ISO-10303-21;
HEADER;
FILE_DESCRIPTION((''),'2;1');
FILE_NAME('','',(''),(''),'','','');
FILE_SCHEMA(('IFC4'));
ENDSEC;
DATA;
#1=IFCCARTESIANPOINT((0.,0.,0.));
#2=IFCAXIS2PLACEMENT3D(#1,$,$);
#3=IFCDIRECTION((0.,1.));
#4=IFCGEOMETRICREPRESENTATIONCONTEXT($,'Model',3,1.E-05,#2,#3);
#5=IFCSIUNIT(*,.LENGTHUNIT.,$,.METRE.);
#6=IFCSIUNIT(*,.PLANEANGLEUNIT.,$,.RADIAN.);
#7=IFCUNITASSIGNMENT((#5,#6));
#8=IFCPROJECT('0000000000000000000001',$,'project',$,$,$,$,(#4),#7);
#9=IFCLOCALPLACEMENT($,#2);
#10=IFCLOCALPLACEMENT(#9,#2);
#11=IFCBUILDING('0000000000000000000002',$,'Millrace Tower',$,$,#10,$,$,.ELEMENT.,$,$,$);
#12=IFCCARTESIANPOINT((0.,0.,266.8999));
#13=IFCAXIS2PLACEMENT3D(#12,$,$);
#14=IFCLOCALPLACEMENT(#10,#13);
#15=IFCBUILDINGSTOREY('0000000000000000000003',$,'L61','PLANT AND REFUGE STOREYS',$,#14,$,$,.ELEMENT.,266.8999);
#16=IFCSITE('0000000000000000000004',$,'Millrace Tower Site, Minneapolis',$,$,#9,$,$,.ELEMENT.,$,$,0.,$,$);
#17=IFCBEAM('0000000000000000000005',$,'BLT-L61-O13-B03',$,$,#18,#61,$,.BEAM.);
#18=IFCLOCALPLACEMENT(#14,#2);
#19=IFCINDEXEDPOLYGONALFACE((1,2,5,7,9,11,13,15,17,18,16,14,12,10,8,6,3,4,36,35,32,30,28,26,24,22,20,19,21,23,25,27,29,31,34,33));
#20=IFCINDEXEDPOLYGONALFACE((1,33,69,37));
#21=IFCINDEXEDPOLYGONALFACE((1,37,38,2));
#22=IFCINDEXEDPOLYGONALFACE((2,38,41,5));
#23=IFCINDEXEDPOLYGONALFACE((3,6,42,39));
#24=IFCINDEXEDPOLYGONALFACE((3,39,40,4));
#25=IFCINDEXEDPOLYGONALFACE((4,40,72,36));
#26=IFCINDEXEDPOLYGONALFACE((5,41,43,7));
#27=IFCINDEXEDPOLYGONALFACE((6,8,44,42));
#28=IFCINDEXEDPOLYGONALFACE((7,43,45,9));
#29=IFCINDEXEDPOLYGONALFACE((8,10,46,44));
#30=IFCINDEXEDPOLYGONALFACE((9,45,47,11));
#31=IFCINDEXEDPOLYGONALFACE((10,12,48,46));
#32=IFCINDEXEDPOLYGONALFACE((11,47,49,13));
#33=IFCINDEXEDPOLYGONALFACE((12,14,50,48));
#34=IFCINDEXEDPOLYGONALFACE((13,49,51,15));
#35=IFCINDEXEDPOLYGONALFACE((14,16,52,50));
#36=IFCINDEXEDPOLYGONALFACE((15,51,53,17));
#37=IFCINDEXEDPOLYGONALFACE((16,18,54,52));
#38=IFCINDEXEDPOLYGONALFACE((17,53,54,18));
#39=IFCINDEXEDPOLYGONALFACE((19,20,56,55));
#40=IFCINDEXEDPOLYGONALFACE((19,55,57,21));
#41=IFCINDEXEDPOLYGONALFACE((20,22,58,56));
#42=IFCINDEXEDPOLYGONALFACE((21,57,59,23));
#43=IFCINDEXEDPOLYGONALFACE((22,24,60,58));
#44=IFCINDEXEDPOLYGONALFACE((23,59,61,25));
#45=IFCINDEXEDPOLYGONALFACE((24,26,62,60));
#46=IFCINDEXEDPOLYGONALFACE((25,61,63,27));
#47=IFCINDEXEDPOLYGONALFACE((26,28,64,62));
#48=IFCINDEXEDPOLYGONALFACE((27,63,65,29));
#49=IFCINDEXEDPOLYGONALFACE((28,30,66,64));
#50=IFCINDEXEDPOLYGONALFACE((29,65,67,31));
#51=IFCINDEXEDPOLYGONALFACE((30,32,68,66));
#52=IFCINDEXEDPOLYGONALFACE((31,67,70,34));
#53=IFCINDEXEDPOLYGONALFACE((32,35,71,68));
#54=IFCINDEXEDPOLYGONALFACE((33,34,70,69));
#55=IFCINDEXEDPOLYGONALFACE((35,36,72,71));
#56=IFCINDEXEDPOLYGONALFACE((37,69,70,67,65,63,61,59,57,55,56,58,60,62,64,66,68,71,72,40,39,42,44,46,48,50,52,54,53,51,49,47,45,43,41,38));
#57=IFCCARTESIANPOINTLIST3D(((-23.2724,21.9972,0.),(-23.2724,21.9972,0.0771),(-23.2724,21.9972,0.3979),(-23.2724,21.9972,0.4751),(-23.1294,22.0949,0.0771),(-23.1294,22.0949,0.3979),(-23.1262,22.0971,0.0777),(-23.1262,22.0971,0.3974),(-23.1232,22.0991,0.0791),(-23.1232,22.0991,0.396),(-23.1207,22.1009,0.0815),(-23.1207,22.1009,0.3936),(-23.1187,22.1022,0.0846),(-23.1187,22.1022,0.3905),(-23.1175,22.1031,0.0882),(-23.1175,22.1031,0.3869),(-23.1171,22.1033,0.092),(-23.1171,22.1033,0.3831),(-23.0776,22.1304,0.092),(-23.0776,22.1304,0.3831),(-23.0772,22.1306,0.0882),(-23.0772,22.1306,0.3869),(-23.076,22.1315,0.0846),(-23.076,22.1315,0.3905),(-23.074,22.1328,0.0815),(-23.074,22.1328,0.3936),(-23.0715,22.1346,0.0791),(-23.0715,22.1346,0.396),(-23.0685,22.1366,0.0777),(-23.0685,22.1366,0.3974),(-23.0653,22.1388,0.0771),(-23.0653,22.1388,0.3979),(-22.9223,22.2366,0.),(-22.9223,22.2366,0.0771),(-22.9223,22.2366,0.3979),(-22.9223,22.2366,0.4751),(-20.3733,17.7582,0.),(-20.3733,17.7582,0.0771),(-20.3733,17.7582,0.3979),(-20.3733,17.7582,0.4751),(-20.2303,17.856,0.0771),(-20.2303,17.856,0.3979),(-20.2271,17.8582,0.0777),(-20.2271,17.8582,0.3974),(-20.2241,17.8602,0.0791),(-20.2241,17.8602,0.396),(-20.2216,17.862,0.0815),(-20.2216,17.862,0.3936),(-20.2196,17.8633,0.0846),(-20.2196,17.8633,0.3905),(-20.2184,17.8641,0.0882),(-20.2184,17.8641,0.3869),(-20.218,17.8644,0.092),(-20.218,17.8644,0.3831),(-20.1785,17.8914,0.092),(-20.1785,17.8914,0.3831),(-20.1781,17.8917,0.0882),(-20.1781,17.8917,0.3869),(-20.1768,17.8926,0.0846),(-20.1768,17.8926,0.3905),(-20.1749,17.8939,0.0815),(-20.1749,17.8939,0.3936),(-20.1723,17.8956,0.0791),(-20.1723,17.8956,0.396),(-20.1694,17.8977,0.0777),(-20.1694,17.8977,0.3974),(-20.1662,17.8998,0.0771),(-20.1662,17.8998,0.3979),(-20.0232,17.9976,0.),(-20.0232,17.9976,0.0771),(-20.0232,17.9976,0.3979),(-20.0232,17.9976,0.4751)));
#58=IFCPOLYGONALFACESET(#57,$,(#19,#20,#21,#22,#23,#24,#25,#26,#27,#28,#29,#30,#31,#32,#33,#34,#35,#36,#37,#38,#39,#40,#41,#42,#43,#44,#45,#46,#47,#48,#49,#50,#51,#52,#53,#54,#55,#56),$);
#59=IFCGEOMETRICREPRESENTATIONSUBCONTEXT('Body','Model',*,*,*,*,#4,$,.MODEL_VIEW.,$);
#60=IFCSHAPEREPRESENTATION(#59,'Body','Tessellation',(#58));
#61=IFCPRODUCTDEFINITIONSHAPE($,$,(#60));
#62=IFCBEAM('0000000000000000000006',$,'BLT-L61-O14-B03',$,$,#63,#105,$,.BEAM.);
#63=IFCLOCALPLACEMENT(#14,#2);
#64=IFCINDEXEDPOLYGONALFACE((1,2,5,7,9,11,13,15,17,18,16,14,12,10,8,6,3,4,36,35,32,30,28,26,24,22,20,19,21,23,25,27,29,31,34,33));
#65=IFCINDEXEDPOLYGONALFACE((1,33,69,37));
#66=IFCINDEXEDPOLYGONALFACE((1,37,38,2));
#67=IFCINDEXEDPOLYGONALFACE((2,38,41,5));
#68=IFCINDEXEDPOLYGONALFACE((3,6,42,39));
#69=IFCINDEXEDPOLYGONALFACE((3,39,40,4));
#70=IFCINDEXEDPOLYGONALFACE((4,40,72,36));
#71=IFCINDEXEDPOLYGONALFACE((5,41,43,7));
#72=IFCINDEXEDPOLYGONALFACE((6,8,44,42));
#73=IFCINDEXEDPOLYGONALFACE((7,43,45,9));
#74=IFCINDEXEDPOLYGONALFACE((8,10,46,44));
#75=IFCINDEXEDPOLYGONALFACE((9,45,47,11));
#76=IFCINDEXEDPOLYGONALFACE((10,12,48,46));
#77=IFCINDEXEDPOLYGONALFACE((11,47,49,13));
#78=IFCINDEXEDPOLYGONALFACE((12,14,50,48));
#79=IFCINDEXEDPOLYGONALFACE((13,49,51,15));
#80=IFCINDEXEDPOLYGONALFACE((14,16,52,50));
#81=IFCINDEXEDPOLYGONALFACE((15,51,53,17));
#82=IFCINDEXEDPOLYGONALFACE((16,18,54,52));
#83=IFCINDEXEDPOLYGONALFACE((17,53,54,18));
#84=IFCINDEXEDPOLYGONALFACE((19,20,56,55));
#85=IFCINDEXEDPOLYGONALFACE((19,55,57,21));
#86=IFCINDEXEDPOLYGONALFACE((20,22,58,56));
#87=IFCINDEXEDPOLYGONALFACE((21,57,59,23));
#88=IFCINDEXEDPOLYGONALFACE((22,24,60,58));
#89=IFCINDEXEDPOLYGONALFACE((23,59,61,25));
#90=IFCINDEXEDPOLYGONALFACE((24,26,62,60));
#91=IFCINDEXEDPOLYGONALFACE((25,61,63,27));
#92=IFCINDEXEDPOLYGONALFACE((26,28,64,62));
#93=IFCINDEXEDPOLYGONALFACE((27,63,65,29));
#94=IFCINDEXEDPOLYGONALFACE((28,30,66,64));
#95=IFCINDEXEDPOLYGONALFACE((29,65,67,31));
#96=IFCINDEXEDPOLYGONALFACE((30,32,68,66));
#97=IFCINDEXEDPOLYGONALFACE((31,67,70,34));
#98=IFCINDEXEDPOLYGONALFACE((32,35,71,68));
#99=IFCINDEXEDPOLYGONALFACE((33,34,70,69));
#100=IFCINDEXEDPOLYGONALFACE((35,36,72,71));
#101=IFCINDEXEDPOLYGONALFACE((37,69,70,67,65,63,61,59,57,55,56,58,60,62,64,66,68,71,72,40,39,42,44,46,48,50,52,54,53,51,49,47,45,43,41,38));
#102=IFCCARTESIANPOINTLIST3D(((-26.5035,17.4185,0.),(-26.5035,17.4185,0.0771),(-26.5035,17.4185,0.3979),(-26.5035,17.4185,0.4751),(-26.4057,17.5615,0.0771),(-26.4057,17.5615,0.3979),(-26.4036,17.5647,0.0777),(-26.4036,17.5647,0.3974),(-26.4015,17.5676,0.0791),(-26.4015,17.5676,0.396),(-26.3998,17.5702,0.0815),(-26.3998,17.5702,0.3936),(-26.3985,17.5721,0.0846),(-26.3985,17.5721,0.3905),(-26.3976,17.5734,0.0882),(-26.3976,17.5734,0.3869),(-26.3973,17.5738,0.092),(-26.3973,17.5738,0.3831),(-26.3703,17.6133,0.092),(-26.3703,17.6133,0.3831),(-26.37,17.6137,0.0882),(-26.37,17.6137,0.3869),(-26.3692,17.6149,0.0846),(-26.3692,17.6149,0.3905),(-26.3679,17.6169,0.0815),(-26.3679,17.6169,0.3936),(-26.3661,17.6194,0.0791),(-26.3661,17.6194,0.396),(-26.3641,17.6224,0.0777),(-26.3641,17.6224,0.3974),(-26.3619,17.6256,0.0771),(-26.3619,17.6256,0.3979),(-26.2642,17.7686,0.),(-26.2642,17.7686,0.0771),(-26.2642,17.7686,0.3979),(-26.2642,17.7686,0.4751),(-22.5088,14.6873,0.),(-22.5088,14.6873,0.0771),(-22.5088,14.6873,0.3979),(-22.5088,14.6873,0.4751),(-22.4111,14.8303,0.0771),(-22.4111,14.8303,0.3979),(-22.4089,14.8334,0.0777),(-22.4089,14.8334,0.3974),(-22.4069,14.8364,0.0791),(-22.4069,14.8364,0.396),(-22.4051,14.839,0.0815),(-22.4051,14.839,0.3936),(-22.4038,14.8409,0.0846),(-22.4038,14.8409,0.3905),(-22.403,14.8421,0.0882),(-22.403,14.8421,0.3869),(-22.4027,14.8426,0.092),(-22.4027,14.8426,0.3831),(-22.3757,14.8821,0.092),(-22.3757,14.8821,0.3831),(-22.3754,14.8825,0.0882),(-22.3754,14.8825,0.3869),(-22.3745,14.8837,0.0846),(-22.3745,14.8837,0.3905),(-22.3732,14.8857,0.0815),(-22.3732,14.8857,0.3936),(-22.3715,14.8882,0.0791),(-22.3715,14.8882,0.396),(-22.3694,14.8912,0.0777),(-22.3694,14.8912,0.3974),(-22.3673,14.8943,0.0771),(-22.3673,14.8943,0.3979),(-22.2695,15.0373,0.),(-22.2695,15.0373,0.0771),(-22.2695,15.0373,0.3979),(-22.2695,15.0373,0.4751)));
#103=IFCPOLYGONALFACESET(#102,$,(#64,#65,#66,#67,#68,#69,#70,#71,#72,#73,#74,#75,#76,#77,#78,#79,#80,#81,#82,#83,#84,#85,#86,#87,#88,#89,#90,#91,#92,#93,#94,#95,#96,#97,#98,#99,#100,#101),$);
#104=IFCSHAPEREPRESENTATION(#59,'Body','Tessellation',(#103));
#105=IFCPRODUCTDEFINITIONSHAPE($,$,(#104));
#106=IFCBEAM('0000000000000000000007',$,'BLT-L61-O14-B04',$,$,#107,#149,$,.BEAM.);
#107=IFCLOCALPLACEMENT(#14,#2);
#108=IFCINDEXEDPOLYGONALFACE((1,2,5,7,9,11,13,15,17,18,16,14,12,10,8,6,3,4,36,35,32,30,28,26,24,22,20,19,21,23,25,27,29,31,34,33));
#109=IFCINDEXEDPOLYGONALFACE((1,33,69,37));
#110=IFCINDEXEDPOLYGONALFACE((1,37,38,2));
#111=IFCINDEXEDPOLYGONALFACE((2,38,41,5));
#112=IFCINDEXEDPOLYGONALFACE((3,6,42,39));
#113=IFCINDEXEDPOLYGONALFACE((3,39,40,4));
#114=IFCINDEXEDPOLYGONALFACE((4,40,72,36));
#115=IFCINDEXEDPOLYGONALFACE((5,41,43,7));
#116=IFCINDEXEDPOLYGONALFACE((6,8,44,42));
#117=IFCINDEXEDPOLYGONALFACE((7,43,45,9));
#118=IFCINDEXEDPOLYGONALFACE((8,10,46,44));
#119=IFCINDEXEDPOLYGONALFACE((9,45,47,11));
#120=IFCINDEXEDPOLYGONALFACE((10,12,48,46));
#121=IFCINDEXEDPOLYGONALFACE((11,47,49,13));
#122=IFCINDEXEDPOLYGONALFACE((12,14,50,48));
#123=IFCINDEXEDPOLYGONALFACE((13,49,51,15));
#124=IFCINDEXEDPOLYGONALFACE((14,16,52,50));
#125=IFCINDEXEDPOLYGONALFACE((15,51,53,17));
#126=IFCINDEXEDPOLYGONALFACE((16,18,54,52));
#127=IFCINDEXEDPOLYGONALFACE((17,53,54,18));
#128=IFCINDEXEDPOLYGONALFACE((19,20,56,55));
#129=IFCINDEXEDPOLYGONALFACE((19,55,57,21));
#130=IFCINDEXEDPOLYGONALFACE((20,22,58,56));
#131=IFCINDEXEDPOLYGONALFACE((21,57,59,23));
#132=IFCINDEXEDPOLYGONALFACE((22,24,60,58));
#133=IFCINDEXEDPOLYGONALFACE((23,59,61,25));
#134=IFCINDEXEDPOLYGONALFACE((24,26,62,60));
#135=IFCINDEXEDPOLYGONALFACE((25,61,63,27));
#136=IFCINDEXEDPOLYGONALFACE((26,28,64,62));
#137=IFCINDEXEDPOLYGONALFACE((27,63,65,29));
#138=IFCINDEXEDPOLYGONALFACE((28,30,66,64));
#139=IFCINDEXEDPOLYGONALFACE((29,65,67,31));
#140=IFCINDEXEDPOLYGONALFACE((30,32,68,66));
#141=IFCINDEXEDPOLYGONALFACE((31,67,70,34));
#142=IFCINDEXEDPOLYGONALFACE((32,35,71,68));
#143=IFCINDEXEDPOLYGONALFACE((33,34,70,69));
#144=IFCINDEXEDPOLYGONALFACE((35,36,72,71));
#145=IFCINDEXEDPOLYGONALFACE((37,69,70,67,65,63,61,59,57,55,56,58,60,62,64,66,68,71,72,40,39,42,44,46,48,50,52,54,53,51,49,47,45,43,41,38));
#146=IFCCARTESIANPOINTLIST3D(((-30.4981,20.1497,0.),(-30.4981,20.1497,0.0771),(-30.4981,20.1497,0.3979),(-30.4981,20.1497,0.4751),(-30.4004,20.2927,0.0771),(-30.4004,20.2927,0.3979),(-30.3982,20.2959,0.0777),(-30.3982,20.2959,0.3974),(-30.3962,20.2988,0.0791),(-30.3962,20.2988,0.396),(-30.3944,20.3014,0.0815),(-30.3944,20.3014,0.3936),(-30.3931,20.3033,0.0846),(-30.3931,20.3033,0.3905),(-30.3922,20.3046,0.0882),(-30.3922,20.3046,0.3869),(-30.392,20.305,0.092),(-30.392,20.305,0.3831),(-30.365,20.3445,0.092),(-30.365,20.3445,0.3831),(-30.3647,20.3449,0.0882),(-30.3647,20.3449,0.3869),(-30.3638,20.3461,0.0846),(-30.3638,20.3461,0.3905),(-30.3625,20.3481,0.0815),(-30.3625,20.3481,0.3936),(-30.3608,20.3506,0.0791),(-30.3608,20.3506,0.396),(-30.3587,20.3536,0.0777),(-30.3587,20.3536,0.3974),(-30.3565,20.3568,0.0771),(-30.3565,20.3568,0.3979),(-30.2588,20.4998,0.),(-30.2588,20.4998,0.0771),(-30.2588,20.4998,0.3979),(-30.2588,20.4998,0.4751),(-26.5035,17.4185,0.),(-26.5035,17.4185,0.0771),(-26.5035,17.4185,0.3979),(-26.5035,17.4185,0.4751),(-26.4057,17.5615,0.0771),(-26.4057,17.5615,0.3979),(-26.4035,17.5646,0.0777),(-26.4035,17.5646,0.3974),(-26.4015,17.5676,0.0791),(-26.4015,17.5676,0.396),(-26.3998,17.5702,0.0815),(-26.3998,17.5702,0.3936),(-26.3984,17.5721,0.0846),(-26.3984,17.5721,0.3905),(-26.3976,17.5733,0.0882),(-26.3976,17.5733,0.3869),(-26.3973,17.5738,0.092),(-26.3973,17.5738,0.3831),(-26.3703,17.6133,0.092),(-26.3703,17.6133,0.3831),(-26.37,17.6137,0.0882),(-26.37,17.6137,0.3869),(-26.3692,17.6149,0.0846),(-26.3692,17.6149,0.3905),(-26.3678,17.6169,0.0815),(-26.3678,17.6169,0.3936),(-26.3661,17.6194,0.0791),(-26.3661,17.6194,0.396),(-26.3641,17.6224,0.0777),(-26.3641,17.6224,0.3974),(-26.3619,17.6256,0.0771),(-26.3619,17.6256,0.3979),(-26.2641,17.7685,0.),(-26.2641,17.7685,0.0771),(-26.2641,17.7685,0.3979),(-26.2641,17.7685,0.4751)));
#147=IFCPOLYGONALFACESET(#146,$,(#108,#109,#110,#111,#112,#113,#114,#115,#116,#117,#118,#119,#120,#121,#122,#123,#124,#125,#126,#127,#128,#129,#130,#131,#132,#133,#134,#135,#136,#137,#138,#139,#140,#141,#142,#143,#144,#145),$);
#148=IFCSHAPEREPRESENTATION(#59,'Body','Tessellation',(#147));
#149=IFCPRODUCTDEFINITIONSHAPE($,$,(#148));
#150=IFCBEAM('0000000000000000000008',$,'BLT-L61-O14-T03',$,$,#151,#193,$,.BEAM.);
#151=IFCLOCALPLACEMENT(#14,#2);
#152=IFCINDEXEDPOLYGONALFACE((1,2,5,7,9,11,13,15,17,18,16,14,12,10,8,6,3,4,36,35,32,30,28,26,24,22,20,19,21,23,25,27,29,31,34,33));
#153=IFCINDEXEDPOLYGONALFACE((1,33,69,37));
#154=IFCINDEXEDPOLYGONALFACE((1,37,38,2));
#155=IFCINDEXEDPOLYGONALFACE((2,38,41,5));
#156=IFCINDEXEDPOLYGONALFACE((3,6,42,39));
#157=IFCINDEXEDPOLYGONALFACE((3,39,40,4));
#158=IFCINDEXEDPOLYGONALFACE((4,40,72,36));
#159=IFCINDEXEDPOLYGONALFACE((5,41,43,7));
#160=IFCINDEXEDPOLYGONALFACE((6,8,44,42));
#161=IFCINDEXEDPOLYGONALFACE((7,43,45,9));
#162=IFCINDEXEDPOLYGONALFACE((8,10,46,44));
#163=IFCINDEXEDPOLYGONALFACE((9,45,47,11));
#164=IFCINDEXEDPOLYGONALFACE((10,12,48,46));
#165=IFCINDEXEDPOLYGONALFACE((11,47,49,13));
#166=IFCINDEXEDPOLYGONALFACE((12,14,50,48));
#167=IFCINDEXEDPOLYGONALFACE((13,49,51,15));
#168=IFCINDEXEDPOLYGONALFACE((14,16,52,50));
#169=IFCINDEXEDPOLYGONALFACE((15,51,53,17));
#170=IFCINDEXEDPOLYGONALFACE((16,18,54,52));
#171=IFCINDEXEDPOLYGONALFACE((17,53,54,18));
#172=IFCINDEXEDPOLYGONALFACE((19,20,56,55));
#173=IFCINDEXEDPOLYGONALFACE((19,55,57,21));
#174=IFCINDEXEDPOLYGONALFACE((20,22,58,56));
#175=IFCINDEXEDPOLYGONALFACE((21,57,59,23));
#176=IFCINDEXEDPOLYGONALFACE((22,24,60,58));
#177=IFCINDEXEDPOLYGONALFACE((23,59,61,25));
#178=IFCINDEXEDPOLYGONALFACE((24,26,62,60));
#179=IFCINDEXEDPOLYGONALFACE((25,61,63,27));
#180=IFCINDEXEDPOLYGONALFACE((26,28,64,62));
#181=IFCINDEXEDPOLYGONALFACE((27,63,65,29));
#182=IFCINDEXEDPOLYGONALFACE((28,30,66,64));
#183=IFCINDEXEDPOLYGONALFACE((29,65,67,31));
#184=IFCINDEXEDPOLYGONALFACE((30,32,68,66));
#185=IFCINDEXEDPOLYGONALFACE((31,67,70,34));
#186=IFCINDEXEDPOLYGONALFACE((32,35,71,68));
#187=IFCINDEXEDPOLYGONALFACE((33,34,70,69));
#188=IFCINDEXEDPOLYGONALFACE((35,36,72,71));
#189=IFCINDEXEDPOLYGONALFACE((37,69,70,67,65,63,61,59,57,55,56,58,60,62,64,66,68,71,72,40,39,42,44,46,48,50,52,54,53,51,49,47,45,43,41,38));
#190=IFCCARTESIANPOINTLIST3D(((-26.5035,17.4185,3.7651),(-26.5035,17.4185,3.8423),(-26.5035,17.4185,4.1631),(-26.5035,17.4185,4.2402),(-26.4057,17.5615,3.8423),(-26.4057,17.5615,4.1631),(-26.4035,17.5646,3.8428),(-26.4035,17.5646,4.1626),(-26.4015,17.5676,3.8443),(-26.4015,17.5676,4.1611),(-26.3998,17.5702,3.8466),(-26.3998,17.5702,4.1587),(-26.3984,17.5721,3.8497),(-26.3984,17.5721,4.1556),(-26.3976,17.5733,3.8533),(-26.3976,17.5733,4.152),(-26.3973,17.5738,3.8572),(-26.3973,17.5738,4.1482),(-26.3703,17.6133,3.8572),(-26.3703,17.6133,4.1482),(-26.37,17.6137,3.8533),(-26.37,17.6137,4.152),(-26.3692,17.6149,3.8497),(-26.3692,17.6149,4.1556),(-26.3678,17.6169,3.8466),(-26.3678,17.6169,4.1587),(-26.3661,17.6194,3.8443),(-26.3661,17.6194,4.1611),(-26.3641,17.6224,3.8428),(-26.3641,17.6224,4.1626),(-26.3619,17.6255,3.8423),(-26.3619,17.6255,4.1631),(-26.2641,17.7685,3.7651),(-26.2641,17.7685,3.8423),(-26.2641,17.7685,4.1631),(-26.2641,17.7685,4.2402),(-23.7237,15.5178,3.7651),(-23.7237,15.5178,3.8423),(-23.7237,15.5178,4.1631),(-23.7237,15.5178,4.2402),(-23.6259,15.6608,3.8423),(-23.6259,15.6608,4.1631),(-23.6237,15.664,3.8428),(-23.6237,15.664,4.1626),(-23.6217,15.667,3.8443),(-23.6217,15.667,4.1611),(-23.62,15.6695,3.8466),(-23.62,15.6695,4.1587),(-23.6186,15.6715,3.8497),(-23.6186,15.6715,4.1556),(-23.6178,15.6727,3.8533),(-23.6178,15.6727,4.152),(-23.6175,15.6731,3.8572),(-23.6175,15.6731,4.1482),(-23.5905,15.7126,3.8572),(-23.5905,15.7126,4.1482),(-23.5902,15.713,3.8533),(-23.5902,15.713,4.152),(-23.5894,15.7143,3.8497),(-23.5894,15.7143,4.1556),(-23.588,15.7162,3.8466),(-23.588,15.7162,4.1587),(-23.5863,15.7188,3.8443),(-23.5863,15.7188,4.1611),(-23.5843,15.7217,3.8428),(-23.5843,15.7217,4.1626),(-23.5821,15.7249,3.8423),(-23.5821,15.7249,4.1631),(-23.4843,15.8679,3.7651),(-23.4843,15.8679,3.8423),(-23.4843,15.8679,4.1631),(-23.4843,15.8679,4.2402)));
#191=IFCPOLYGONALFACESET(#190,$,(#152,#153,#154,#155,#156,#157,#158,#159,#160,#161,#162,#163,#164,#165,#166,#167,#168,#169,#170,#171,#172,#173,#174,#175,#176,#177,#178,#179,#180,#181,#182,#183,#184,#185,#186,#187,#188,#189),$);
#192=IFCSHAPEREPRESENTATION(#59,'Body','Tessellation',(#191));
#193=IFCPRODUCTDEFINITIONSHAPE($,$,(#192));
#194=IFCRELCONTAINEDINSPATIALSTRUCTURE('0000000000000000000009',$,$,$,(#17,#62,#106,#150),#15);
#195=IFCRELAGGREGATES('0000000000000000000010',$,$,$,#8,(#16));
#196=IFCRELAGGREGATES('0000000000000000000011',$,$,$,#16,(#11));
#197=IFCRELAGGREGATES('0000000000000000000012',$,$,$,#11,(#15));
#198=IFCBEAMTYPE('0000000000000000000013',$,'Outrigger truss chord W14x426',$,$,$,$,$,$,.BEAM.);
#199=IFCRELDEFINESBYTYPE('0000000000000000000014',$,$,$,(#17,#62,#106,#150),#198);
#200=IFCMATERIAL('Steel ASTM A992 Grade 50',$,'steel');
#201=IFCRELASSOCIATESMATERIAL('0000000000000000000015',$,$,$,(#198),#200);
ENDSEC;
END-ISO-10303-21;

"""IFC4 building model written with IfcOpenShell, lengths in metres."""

from ifc_helpers import new_model, si_unit, direction, frame, origin, origin_2d, place, context, subcontext, project, spatial, i_section, extrude, material, material_profile, profile_set, type_object, element, save


model = new_model("IFC4")

# Units and contexts
model_context = context("Model", 3, precision=1e-05, world=origin(), true_north=direction((0.0, 1.0)))
body_context = subcontext(model_context, "Body", "Model", "MODEL_VIEW")
ifc_project = project(units=[si_unit("LENGTHUNIT", "METRE"), si_unit("PLANEANGLEUNIT", "RADIAN")], contexts=[model_context])

# Site, building, storey
site_placement = place(None, origin())
site = spatial("IfcSite", under=ifc_project, at=site_placement, Name="Millrace Tower Site, Minneapolis", CompositionType="ELEMENT", RefElevation=0.0)
building_placement = place(site_placement, origin())
building = spatial("IfcBuilding", under=site, at=building_placement, Name="Millrace Tower", CompositionType="ELEMENT")
storey_placement = place(building_placement, frame((0.0, 0.0, 266.8999)))
storey = spatial("IfcBuildingStorey", under=building, at=storey_placement, Name="L61", Description="PLANT AND REFUGE STOREYS", CompositionType="ELEMENT", Elevation=266.8999)

# Beams
ifc_material_1 = material(Name="Steel ASTM A992 Grade 50", Category="steel")
ifc_material_profile_1 = material_profile(ifc_material_1, i_section(OverallWidth=0.4241, OverallDepth=0.4751, WebThickness=0.0479, FlangeThickness=0.0771, FilletRadius=0.0149, at=origin_2d()))
ifc_profile_set_1 = profile_set([ifc_material_profile_1], Name="Steel ASTM A992 Grade 50")
beam_type_1 = type_object("IfcBeamType", Name="Outrigger truss chord W14x426", PredefinedType="BEAM", material=ifc_profile_set_1)
beam_1_placement = place(storey_placement, frame((-20.1982, 17.8779, 0.2375), z_axis=(-0.564524, 0.825417, 0.0), x_axis=(-0.825417, -0.564524, 0.0)))
element("IfcBeam", 1, at=beam_1_placement, inside=storey, type_object=beam_type_1, Name="BLT-L61-O13-B03", PredefinedType="BEAM", context=body_context, shape_type="SweptSolid", body=[
    extrude(i_section(OverallWidth=0.4241, OverallDepth=0.4751, WebThickness=0.0479, FlangeThickness=0.0771, FilletRadius=0.0149, at=origin_2d()), origin(), (0.0, 0.0, 1.0), 5.1355),
])
for number, where, z_axis, x_axis, name in (
    (2, (-22.3892, 14.8623, 0.2375), (-0.825497, 0.564407, 0.0), (-0.564407, -0.825497, 0.0), "BLT-L61-O14-B03"),
    (3, (-26.3838, 17.5935, 0.2375), (-0.825497, 0.564407, 0.0), (-0.564407, -0.825497, 0.0), "BLT-L61-O14-B04"),
):
    element("IfcBeam", number, at=place(storey_placement, frame(where, z_axis=z_axis, x_axis=x_axis)), inside=storey, type_object=beam_type_1, Name=name, PredefinedType="BEAM", context=body_context, shape_type="SweptSolid", body=[
        extrude(i_section(OverallWidth=0.4241, OverallDepth=0.4751, WebThickness=0.0479, FlangeThickness=0.0771, FilletRadius=0.0149, at=origin_2d()), origin(), (0.0, 0.0, 1.0), 4.8391),
    ])
beam_2_placement = place(storey_placement, frame((-23.604, 15.6929, 4.0027), z_axis=(-0.82549, 0.564416, 0.0), x_axis=(-0.564416, -0.82549, 0.0)))
element("IfcBeam", 4, at=beam_2_placement, inside=storey, type_object=beam_type_1, Name="BLT-L61-O14-T03", PredefinedType="BEAM", context=body_context, shape_type="SweptSolid", body=[
    extrude(i_section(OverallWidth=0.4241, OverallDepth=0.4751, WebThickness=0.0479, FlangeThickness=0.0771, FilletRadius=0.0149, at=origin_2d()), origin(), (0.0, 0.0, 1.0), 3.3674),
])

save(model, "model.ifc")
